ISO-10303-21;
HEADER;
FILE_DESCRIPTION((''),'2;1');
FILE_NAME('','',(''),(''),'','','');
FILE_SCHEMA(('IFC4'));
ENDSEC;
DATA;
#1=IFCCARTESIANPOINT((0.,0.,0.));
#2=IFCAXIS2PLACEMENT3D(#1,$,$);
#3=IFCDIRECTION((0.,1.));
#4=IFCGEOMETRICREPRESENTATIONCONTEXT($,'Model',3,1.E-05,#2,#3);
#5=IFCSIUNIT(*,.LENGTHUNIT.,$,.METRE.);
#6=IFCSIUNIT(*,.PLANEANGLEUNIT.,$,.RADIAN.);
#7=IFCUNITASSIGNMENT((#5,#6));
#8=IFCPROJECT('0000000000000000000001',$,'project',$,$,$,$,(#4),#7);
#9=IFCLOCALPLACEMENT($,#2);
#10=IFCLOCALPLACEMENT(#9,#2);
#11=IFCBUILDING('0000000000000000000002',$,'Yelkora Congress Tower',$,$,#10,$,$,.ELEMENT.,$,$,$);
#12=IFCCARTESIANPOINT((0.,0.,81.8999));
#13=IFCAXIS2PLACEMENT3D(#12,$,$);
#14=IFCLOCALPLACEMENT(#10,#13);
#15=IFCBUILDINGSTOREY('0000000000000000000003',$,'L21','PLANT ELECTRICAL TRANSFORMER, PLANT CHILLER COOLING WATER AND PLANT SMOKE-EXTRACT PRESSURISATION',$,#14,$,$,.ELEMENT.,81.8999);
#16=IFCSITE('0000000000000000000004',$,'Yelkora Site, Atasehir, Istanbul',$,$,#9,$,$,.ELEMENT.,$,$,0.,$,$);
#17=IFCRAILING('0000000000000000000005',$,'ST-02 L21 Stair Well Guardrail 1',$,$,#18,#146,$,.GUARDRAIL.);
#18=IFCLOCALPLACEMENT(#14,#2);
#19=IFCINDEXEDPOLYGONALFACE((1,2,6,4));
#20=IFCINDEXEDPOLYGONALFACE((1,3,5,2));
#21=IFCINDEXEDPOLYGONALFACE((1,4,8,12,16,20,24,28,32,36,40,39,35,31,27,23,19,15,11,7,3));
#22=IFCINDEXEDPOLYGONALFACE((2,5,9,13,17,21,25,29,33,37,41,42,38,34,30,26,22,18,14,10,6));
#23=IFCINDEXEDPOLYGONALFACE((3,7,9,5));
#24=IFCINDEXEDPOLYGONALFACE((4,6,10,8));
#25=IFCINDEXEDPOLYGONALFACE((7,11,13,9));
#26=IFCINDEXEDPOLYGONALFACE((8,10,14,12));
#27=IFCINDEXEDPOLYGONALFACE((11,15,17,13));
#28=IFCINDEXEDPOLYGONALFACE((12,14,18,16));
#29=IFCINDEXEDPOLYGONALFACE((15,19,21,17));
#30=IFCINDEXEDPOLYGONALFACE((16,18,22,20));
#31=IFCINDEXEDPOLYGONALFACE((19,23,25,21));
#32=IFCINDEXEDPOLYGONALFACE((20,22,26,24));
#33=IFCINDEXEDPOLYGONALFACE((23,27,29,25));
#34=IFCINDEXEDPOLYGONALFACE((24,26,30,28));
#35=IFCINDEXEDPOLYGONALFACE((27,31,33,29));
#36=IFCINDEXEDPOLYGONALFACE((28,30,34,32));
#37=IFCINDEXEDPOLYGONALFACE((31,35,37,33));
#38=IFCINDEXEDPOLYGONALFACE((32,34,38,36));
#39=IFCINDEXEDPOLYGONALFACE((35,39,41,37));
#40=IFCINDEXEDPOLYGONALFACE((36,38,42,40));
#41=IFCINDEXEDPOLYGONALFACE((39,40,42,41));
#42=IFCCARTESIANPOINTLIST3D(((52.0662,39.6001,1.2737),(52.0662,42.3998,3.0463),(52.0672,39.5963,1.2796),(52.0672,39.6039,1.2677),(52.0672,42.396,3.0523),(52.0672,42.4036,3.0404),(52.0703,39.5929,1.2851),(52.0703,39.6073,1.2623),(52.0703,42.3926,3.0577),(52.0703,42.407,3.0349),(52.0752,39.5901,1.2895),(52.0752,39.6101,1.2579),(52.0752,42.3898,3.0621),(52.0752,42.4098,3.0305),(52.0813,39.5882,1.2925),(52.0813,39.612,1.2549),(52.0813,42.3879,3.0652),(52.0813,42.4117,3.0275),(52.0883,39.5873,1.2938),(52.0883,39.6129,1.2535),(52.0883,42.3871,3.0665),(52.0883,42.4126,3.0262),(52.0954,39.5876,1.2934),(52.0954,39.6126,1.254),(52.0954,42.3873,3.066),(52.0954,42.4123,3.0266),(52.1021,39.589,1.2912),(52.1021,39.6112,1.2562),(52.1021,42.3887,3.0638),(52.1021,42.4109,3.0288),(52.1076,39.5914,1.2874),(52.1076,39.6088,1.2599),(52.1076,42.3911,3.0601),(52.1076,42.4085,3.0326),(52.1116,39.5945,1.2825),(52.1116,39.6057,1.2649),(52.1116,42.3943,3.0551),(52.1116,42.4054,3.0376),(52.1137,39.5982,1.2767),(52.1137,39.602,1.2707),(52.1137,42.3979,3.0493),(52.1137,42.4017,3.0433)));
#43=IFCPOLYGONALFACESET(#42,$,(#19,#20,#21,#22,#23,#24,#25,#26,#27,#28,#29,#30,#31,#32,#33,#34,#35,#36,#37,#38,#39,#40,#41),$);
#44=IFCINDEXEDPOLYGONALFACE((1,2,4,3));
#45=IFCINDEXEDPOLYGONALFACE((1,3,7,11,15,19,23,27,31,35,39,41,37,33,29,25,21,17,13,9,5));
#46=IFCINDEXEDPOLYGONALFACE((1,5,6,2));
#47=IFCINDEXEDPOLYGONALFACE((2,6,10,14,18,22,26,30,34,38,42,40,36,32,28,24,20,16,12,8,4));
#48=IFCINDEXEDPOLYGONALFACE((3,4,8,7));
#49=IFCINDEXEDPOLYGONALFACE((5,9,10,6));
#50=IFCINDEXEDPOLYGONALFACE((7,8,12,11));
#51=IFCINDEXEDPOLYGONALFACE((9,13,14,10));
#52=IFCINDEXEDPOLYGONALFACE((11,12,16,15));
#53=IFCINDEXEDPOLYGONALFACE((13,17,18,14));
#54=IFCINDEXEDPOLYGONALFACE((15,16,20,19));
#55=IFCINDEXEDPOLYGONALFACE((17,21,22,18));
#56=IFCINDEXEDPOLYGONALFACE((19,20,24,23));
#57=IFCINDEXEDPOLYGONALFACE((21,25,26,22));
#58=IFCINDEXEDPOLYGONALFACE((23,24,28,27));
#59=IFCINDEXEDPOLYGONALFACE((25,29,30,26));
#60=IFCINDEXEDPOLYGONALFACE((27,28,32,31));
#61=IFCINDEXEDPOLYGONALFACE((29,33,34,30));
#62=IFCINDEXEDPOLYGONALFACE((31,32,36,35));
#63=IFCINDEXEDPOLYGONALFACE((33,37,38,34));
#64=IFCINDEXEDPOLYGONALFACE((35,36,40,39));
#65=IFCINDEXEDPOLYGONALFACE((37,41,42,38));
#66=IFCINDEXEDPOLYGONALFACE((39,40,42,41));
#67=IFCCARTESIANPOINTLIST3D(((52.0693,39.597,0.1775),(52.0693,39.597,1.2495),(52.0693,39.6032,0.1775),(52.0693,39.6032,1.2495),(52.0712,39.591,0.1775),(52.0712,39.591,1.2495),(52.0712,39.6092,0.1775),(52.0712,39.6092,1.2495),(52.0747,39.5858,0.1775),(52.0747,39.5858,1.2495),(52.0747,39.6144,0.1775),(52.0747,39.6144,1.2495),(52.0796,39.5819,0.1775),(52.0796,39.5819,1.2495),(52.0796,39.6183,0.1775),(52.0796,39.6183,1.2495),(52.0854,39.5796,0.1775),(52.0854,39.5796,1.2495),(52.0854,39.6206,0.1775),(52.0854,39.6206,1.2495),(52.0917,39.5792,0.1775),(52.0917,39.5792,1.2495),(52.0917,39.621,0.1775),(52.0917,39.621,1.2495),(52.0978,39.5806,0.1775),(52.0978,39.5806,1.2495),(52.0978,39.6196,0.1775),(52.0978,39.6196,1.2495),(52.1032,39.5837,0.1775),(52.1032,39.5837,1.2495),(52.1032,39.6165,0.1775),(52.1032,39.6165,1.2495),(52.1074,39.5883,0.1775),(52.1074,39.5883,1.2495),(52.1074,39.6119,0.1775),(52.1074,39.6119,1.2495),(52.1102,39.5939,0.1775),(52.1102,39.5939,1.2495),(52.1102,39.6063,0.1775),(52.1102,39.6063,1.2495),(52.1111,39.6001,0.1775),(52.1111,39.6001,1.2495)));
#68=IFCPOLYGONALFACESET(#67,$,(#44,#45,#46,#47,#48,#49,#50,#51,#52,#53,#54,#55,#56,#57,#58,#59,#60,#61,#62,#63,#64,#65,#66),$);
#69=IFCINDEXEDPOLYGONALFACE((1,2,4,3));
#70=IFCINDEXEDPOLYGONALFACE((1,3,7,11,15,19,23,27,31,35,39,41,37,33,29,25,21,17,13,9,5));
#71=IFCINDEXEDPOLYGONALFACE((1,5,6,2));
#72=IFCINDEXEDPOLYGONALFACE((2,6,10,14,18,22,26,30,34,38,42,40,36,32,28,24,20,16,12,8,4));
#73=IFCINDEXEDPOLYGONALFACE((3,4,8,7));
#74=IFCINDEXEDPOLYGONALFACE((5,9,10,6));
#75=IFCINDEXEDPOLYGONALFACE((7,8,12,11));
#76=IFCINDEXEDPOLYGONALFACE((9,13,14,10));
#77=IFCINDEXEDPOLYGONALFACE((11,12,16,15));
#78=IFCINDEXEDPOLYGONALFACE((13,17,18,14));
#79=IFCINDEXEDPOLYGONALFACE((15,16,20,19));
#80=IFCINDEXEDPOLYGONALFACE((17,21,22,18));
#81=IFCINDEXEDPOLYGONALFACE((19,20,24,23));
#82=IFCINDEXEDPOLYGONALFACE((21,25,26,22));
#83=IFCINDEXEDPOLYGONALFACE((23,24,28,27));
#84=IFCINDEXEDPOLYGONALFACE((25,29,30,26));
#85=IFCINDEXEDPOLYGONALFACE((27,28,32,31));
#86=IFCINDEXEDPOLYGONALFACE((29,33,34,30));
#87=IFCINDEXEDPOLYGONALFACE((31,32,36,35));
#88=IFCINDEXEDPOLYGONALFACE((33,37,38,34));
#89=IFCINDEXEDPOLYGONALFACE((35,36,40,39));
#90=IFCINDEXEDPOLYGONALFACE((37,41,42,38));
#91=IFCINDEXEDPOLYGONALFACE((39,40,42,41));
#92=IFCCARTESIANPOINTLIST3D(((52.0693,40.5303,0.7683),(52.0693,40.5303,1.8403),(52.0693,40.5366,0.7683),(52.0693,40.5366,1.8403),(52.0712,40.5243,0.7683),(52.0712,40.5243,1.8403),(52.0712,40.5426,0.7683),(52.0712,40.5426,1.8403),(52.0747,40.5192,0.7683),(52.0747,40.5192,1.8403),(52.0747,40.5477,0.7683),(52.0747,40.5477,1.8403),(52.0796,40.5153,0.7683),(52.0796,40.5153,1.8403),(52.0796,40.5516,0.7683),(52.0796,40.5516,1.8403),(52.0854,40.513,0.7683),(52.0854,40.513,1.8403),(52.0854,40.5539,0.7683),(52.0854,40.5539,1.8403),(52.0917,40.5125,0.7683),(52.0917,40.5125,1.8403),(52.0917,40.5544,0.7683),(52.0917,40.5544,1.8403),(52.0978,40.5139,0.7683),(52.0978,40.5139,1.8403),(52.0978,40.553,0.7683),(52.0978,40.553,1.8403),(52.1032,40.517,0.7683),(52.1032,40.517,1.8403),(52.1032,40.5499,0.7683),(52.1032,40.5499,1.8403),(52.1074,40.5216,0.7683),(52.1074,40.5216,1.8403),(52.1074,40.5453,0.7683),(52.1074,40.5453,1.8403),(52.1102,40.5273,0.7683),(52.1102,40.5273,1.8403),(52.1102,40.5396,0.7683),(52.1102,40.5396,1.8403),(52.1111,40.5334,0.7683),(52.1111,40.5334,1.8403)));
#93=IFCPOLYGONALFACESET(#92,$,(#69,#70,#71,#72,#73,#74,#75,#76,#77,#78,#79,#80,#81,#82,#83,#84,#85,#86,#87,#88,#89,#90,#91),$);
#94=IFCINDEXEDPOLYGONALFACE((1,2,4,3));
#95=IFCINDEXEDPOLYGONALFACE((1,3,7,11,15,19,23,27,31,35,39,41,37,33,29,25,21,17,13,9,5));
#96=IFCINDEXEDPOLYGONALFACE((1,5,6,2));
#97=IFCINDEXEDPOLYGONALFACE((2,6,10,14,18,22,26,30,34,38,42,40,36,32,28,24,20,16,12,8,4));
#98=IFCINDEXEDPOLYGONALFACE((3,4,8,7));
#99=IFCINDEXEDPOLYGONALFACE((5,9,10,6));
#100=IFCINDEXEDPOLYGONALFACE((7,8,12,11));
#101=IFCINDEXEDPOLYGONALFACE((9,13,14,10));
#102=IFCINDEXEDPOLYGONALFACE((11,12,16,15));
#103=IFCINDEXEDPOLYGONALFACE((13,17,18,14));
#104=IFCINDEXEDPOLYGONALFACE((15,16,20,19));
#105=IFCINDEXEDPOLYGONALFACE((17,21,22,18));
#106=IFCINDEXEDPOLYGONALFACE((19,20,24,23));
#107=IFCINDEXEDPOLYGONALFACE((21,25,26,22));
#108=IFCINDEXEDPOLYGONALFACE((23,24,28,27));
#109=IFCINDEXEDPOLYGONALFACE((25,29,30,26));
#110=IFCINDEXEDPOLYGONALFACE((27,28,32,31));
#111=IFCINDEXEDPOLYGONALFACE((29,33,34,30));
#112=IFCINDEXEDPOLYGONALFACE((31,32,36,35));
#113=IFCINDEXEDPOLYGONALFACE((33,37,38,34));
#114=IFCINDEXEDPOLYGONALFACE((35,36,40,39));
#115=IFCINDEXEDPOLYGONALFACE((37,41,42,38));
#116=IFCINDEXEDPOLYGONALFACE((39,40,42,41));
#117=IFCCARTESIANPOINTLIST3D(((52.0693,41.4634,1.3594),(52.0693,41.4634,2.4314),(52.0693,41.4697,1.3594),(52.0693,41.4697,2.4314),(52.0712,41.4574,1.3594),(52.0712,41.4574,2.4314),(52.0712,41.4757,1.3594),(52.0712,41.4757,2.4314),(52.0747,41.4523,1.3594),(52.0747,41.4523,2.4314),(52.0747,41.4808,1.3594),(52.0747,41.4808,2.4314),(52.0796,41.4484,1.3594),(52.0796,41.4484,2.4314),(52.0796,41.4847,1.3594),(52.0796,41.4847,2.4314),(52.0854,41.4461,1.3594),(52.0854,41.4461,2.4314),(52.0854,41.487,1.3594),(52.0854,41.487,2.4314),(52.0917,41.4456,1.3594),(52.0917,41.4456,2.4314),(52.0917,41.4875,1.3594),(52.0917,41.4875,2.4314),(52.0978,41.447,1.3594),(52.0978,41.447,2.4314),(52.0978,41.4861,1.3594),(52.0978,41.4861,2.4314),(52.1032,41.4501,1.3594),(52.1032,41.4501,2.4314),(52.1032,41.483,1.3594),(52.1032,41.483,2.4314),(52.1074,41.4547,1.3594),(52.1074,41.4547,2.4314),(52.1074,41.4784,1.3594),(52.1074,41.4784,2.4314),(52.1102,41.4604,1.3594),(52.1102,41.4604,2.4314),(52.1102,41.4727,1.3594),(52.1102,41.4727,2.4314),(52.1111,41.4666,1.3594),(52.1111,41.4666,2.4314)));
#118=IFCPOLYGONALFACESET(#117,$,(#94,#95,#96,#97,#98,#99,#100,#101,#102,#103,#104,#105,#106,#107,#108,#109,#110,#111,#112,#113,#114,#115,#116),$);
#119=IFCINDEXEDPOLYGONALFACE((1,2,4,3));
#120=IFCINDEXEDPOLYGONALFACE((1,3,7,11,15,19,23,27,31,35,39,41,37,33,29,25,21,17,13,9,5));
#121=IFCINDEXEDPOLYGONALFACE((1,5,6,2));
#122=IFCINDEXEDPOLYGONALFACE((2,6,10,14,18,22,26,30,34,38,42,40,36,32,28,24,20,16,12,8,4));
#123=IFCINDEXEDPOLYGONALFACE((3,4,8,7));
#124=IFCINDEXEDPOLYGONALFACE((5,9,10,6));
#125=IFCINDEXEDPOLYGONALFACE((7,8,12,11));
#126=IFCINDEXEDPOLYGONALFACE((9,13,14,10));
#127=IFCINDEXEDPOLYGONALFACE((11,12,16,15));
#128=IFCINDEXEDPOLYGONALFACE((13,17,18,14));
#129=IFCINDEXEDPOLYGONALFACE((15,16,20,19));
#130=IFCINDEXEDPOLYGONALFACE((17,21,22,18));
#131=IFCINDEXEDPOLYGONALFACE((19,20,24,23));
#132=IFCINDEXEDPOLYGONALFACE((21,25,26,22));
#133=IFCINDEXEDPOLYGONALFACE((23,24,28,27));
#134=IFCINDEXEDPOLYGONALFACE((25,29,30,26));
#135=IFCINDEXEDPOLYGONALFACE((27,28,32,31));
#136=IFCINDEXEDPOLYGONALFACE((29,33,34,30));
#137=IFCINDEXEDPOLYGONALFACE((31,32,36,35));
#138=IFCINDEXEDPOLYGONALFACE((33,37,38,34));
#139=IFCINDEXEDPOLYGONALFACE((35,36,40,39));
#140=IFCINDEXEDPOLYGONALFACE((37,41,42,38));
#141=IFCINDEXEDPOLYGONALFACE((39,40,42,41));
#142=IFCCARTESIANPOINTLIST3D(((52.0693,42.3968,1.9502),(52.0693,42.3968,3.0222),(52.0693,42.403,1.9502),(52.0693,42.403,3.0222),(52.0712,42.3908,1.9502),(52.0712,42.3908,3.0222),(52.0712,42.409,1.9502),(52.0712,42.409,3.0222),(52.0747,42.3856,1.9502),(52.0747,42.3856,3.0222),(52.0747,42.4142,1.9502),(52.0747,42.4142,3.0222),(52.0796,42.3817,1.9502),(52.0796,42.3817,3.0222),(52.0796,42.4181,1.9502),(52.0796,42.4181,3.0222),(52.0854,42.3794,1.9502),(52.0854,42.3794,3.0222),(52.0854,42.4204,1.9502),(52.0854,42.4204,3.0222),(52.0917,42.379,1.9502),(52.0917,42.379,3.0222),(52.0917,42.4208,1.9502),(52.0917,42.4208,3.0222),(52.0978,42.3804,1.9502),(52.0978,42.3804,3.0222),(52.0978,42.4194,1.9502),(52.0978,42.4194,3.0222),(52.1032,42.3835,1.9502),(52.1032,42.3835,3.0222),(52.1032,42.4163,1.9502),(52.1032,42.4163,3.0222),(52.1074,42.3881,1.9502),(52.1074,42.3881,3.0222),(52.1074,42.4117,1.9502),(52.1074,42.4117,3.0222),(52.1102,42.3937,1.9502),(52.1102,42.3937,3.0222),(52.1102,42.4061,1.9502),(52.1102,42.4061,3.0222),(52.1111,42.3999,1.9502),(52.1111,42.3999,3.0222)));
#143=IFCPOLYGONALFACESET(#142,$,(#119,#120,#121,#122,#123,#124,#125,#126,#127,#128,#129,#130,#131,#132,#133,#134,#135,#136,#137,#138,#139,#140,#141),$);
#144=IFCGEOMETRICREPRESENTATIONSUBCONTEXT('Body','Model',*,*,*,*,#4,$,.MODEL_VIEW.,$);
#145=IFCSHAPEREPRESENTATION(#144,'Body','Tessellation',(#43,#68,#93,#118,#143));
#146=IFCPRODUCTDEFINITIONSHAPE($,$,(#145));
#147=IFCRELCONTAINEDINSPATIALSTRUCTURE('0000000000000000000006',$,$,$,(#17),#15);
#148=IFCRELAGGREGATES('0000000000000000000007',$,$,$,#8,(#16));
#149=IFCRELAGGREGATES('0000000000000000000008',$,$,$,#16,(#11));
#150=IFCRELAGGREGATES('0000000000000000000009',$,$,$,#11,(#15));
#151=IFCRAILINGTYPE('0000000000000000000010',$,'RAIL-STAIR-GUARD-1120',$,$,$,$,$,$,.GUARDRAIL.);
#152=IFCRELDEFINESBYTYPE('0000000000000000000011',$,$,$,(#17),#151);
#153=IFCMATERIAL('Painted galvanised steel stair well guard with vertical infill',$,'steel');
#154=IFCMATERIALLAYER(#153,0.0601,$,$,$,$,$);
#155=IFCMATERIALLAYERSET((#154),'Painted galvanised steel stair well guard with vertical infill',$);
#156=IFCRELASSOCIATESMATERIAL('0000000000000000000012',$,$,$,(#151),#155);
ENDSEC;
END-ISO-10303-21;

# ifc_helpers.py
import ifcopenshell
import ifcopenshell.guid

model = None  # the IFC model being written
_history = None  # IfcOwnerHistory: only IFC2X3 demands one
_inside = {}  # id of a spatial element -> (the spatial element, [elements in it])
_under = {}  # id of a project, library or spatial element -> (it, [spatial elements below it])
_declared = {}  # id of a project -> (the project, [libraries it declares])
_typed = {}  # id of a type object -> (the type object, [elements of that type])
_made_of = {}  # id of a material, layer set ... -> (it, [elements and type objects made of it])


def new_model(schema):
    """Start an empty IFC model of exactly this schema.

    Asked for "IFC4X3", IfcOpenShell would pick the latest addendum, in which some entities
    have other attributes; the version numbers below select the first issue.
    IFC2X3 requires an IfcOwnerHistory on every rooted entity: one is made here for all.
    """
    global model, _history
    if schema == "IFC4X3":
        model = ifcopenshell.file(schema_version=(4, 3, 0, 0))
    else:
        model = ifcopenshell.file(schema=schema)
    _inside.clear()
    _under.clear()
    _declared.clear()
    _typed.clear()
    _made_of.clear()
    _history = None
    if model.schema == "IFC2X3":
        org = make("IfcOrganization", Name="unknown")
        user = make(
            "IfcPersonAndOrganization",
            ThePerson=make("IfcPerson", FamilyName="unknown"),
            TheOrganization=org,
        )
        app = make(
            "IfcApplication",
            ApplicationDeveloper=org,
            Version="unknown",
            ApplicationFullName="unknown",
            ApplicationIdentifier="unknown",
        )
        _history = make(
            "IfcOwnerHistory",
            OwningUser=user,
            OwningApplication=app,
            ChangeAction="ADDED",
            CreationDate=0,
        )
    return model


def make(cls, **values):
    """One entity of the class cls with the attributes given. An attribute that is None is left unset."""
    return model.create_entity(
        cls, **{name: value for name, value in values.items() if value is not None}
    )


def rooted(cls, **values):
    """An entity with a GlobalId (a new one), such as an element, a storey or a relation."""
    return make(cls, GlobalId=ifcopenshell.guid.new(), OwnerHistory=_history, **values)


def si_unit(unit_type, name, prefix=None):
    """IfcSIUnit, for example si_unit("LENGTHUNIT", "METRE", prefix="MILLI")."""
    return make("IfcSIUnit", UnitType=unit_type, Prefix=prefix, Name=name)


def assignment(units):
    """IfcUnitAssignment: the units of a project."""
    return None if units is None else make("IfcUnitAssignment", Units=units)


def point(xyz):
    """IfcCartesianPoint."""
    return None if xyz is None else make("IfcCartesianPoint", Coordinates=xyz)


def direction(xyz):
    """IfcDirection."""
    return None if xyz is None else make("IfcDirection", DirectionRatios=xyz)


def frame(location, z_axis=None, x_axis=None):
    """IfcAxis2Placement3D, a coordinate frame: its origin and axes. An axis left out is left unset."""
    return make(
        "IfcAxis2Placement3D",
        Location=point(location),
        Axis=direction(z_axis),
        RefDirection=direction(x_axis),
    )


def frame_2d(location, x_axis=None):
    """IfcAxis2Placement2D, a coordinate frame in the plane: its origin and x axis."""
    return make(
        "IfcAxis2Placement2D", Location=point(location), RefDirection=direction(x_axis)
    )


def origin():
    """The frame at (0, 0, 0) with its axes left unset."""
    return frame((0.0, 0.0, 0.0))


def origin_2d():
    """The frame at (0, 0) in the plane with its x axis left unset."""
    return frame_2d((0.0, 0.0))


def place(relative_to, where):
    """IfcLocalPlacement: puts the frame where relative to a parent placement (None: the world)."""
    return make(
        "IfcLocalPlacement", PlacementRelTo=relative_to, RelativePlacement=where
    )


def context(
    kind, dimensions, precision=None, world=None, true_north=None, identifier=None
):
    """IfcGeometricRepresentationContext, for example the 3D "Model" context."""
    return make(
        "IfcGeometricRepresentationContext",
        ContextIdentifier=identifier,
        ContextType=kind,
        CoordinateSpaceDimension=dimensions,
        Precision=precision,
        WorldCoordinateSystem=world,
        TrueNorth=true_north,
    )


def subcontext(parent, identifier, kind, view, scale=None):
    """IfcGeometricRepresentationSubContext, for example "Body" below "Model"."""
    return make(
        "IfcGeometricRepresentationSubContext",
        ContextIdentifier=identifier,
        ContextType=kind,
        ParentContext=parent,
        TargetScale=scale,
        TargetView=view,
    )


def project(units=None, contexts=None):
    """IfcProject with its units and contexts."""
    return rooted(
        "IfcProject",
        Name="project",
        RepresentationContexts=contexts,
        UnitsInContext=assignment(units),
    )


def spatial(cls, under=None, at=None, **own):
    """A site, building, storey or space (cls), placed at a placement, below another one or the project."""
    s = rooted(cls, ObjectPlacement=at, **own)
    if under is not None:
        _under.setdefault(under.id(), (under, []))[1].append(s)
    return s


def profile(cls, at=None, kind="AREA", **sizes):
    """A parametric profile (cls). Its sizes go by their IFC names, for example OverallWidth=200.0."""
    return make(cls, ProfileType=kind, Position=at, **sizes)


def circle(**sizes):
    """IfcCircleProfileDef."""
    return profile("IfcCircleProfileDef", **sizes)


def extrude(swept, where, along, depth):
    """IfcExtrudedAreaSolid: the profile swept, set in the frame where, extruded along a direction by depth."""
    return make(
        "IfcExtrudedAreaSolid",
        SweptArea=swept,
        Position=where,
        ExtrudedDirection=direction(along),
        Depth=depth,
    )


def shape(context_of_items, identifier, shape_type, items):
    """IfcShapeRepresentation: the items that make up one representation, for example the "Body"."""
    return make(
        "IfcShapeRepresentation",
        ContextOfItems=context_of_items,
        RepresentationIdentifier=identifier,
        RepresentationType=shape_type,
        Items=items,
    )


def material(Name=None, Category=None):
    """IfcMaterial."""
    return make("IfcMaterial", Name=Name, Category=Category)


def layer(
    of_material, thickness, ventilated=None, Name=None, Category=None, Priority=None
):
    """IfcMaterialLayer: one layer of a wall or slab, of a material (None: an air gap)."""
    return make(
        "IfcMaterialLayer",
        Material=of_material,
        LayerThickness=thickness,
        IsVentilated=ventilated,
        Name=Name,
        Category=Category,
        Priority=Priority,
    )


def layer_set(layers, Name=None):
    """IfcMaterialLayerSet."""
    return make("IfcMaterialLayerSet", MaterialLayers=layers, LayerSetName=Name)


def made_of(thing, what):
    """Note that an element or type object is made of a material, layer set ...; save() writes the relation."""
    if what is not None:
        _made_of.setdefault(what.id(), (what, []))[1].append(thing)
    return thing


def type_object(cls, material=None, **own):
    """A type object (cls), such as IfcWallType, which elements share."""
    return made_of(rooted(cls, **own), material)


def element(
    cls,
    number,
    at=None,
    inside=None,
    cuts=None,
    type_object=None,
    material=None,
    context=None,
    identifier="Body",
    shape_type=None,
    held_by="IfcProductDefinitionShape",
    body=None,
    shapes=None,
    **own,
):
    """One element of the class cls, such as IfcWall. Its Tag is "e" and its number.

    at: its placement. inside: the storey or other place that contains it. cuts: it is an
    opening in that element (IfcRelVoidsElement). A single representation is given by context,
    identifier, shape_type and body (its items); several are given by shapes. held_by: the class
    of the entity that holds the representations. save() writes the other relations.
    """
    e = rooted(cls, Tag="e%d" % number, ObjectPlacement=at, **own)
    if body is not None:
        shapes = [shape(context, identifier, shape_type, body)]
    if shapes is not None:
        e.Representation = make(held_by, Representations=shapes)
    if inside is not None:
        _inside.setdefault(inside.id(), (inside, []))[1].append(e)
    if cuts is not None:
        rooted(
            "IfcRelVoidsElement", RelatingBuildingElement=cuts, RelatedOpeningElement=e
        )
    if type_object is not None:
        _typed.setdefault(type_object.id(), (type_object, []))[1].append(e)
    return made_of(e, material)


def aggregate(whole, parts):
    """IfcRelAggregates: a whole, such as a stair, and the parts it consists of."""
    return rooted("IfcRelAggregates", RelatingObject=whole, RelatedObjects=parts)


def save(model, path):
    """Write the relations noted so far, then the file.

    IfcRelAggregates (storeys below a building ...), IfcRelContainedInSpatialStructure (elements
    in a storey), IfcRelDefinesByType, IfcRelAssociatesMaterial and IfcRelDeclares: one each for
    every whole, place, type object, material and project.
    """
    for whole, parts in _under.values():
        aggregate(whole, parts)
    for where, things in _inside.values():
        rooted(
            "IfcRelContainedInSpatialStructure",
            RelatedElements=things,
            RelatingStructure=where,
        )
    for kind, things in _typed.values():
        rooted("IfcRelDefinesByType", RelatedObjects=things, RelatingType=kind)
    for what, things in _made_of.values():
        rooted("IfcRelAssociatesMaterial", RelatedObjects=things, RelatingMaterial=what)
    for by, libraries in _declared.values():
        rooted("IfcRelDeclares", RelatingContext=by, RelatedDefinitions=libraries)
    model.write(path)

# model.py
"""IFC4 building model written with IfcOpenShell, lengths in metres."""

from ifc_helpers import new_model, si_unit, direction, frame, origin, origin_2d, place, context, subcontext, project, spatial, circle, extrude, material, layer, layer_set, type_object, element, save


model = new_model("IFC4")

# Units and contexts
model_context = context("Model", 3, precision=1e-05, world=origin(), true_north=direction((0.0, 1.0)))
body_context = subcontext(model_context, "Body", "Model", "MODEL_VIEW")
ifc_project = project(units=[si_unit("LENGTHUNIT", "METRE"), si_unit("PLANEANGLEUNIT", "RADIAN")], contexts=[model_context])

# Site, building, storey
site_placement = place(None, origin())
site = spatial("IfcSite", under=ifc_project, at=site_placement, Name="Yelkora Site, Atasehir, Istanbul", CompositionType="ELEMENT", RefElevation=0.0)
building_placement = place(site_placement, origin())
building = spatial("IfcBuilding", under=site, at=building_placement, Name="Yelkora Congress Tower", CompositionType="ELEMENT")
storey_placement = place(building_placement, frame((0.0, 0.0, 81.8999)))
storey = spatial("IfcBuildingStorey", under=building, at=storey_placement, Name="L21", Description="PLANT ELECTRICAL TRANSFORMER, PLANT CHILLER COOLING WATER AND PLANT SMOKE-EXTRACT PRESSURISATION", CompositionType="ELEMENT", Elevation=81.8999)

# Railing
ifc_material_1 = material(Name="Painted galvanised steel stair well guard with vertical infill", Category="steel")
ifc_layer_1 = layer(ifc_material_1, 0.0601)
ifc_layer_set_1 = layer_set([ifc_layer_1], Name="Painted galvanised steel stair well guard with vertical infill")
railing_type_1 = type_object("IfcRailingType", Name="RAIL-STAIR-GUARD-1120", PredefinedType="GUARDRAIL", material=ifc_layer_set_1)
railing_1_placement = place(storey_placement, frame((52.0901, 39.6001, 0.1775)))
element("IfcRailing", 1, at=railing_1_placement, inside=storey, type_object=railing_type_1, Name="ST-02 L21 Stair Well Guardrail 1", PredefinedType="GUARDRAIL", context=body_context, shape_type="SweptSolid", body=[
    extrude(circle(Radius=0.0239, at=origin_2d()), frame((0.0, 0.0, 1.0962), z_axis=(0.0, 0.844888, 0.534943), x_axis=(-1.0, 0.0, 0.0)), (0.0, 0.0, 1.0), 3.3137),
    extrude(circle(Radius=0.021, at=origin_2d()), origin(), (0.0, 0.0, 1.0), 1.072),
    extrude(circle(Radius=0.021, at=origin_2d()), frame((0.0, 0.9333, 0.5908)), (0.0, 0.0, 1.0), 1.072),
    extrude(circle(Radius=0.021, at=origin_2d()), frame((0.0, 1.8665, 1.1819)), (0.0, 0.0, 1.0), 1.072),
    extrude(circle(Radius=0.021, at=origin_2d()), frame((0.0, 2.7998, 1.7727)), (0.0, 0.0, 1.0), 1.072),
])

save(model, "model.ifc")
